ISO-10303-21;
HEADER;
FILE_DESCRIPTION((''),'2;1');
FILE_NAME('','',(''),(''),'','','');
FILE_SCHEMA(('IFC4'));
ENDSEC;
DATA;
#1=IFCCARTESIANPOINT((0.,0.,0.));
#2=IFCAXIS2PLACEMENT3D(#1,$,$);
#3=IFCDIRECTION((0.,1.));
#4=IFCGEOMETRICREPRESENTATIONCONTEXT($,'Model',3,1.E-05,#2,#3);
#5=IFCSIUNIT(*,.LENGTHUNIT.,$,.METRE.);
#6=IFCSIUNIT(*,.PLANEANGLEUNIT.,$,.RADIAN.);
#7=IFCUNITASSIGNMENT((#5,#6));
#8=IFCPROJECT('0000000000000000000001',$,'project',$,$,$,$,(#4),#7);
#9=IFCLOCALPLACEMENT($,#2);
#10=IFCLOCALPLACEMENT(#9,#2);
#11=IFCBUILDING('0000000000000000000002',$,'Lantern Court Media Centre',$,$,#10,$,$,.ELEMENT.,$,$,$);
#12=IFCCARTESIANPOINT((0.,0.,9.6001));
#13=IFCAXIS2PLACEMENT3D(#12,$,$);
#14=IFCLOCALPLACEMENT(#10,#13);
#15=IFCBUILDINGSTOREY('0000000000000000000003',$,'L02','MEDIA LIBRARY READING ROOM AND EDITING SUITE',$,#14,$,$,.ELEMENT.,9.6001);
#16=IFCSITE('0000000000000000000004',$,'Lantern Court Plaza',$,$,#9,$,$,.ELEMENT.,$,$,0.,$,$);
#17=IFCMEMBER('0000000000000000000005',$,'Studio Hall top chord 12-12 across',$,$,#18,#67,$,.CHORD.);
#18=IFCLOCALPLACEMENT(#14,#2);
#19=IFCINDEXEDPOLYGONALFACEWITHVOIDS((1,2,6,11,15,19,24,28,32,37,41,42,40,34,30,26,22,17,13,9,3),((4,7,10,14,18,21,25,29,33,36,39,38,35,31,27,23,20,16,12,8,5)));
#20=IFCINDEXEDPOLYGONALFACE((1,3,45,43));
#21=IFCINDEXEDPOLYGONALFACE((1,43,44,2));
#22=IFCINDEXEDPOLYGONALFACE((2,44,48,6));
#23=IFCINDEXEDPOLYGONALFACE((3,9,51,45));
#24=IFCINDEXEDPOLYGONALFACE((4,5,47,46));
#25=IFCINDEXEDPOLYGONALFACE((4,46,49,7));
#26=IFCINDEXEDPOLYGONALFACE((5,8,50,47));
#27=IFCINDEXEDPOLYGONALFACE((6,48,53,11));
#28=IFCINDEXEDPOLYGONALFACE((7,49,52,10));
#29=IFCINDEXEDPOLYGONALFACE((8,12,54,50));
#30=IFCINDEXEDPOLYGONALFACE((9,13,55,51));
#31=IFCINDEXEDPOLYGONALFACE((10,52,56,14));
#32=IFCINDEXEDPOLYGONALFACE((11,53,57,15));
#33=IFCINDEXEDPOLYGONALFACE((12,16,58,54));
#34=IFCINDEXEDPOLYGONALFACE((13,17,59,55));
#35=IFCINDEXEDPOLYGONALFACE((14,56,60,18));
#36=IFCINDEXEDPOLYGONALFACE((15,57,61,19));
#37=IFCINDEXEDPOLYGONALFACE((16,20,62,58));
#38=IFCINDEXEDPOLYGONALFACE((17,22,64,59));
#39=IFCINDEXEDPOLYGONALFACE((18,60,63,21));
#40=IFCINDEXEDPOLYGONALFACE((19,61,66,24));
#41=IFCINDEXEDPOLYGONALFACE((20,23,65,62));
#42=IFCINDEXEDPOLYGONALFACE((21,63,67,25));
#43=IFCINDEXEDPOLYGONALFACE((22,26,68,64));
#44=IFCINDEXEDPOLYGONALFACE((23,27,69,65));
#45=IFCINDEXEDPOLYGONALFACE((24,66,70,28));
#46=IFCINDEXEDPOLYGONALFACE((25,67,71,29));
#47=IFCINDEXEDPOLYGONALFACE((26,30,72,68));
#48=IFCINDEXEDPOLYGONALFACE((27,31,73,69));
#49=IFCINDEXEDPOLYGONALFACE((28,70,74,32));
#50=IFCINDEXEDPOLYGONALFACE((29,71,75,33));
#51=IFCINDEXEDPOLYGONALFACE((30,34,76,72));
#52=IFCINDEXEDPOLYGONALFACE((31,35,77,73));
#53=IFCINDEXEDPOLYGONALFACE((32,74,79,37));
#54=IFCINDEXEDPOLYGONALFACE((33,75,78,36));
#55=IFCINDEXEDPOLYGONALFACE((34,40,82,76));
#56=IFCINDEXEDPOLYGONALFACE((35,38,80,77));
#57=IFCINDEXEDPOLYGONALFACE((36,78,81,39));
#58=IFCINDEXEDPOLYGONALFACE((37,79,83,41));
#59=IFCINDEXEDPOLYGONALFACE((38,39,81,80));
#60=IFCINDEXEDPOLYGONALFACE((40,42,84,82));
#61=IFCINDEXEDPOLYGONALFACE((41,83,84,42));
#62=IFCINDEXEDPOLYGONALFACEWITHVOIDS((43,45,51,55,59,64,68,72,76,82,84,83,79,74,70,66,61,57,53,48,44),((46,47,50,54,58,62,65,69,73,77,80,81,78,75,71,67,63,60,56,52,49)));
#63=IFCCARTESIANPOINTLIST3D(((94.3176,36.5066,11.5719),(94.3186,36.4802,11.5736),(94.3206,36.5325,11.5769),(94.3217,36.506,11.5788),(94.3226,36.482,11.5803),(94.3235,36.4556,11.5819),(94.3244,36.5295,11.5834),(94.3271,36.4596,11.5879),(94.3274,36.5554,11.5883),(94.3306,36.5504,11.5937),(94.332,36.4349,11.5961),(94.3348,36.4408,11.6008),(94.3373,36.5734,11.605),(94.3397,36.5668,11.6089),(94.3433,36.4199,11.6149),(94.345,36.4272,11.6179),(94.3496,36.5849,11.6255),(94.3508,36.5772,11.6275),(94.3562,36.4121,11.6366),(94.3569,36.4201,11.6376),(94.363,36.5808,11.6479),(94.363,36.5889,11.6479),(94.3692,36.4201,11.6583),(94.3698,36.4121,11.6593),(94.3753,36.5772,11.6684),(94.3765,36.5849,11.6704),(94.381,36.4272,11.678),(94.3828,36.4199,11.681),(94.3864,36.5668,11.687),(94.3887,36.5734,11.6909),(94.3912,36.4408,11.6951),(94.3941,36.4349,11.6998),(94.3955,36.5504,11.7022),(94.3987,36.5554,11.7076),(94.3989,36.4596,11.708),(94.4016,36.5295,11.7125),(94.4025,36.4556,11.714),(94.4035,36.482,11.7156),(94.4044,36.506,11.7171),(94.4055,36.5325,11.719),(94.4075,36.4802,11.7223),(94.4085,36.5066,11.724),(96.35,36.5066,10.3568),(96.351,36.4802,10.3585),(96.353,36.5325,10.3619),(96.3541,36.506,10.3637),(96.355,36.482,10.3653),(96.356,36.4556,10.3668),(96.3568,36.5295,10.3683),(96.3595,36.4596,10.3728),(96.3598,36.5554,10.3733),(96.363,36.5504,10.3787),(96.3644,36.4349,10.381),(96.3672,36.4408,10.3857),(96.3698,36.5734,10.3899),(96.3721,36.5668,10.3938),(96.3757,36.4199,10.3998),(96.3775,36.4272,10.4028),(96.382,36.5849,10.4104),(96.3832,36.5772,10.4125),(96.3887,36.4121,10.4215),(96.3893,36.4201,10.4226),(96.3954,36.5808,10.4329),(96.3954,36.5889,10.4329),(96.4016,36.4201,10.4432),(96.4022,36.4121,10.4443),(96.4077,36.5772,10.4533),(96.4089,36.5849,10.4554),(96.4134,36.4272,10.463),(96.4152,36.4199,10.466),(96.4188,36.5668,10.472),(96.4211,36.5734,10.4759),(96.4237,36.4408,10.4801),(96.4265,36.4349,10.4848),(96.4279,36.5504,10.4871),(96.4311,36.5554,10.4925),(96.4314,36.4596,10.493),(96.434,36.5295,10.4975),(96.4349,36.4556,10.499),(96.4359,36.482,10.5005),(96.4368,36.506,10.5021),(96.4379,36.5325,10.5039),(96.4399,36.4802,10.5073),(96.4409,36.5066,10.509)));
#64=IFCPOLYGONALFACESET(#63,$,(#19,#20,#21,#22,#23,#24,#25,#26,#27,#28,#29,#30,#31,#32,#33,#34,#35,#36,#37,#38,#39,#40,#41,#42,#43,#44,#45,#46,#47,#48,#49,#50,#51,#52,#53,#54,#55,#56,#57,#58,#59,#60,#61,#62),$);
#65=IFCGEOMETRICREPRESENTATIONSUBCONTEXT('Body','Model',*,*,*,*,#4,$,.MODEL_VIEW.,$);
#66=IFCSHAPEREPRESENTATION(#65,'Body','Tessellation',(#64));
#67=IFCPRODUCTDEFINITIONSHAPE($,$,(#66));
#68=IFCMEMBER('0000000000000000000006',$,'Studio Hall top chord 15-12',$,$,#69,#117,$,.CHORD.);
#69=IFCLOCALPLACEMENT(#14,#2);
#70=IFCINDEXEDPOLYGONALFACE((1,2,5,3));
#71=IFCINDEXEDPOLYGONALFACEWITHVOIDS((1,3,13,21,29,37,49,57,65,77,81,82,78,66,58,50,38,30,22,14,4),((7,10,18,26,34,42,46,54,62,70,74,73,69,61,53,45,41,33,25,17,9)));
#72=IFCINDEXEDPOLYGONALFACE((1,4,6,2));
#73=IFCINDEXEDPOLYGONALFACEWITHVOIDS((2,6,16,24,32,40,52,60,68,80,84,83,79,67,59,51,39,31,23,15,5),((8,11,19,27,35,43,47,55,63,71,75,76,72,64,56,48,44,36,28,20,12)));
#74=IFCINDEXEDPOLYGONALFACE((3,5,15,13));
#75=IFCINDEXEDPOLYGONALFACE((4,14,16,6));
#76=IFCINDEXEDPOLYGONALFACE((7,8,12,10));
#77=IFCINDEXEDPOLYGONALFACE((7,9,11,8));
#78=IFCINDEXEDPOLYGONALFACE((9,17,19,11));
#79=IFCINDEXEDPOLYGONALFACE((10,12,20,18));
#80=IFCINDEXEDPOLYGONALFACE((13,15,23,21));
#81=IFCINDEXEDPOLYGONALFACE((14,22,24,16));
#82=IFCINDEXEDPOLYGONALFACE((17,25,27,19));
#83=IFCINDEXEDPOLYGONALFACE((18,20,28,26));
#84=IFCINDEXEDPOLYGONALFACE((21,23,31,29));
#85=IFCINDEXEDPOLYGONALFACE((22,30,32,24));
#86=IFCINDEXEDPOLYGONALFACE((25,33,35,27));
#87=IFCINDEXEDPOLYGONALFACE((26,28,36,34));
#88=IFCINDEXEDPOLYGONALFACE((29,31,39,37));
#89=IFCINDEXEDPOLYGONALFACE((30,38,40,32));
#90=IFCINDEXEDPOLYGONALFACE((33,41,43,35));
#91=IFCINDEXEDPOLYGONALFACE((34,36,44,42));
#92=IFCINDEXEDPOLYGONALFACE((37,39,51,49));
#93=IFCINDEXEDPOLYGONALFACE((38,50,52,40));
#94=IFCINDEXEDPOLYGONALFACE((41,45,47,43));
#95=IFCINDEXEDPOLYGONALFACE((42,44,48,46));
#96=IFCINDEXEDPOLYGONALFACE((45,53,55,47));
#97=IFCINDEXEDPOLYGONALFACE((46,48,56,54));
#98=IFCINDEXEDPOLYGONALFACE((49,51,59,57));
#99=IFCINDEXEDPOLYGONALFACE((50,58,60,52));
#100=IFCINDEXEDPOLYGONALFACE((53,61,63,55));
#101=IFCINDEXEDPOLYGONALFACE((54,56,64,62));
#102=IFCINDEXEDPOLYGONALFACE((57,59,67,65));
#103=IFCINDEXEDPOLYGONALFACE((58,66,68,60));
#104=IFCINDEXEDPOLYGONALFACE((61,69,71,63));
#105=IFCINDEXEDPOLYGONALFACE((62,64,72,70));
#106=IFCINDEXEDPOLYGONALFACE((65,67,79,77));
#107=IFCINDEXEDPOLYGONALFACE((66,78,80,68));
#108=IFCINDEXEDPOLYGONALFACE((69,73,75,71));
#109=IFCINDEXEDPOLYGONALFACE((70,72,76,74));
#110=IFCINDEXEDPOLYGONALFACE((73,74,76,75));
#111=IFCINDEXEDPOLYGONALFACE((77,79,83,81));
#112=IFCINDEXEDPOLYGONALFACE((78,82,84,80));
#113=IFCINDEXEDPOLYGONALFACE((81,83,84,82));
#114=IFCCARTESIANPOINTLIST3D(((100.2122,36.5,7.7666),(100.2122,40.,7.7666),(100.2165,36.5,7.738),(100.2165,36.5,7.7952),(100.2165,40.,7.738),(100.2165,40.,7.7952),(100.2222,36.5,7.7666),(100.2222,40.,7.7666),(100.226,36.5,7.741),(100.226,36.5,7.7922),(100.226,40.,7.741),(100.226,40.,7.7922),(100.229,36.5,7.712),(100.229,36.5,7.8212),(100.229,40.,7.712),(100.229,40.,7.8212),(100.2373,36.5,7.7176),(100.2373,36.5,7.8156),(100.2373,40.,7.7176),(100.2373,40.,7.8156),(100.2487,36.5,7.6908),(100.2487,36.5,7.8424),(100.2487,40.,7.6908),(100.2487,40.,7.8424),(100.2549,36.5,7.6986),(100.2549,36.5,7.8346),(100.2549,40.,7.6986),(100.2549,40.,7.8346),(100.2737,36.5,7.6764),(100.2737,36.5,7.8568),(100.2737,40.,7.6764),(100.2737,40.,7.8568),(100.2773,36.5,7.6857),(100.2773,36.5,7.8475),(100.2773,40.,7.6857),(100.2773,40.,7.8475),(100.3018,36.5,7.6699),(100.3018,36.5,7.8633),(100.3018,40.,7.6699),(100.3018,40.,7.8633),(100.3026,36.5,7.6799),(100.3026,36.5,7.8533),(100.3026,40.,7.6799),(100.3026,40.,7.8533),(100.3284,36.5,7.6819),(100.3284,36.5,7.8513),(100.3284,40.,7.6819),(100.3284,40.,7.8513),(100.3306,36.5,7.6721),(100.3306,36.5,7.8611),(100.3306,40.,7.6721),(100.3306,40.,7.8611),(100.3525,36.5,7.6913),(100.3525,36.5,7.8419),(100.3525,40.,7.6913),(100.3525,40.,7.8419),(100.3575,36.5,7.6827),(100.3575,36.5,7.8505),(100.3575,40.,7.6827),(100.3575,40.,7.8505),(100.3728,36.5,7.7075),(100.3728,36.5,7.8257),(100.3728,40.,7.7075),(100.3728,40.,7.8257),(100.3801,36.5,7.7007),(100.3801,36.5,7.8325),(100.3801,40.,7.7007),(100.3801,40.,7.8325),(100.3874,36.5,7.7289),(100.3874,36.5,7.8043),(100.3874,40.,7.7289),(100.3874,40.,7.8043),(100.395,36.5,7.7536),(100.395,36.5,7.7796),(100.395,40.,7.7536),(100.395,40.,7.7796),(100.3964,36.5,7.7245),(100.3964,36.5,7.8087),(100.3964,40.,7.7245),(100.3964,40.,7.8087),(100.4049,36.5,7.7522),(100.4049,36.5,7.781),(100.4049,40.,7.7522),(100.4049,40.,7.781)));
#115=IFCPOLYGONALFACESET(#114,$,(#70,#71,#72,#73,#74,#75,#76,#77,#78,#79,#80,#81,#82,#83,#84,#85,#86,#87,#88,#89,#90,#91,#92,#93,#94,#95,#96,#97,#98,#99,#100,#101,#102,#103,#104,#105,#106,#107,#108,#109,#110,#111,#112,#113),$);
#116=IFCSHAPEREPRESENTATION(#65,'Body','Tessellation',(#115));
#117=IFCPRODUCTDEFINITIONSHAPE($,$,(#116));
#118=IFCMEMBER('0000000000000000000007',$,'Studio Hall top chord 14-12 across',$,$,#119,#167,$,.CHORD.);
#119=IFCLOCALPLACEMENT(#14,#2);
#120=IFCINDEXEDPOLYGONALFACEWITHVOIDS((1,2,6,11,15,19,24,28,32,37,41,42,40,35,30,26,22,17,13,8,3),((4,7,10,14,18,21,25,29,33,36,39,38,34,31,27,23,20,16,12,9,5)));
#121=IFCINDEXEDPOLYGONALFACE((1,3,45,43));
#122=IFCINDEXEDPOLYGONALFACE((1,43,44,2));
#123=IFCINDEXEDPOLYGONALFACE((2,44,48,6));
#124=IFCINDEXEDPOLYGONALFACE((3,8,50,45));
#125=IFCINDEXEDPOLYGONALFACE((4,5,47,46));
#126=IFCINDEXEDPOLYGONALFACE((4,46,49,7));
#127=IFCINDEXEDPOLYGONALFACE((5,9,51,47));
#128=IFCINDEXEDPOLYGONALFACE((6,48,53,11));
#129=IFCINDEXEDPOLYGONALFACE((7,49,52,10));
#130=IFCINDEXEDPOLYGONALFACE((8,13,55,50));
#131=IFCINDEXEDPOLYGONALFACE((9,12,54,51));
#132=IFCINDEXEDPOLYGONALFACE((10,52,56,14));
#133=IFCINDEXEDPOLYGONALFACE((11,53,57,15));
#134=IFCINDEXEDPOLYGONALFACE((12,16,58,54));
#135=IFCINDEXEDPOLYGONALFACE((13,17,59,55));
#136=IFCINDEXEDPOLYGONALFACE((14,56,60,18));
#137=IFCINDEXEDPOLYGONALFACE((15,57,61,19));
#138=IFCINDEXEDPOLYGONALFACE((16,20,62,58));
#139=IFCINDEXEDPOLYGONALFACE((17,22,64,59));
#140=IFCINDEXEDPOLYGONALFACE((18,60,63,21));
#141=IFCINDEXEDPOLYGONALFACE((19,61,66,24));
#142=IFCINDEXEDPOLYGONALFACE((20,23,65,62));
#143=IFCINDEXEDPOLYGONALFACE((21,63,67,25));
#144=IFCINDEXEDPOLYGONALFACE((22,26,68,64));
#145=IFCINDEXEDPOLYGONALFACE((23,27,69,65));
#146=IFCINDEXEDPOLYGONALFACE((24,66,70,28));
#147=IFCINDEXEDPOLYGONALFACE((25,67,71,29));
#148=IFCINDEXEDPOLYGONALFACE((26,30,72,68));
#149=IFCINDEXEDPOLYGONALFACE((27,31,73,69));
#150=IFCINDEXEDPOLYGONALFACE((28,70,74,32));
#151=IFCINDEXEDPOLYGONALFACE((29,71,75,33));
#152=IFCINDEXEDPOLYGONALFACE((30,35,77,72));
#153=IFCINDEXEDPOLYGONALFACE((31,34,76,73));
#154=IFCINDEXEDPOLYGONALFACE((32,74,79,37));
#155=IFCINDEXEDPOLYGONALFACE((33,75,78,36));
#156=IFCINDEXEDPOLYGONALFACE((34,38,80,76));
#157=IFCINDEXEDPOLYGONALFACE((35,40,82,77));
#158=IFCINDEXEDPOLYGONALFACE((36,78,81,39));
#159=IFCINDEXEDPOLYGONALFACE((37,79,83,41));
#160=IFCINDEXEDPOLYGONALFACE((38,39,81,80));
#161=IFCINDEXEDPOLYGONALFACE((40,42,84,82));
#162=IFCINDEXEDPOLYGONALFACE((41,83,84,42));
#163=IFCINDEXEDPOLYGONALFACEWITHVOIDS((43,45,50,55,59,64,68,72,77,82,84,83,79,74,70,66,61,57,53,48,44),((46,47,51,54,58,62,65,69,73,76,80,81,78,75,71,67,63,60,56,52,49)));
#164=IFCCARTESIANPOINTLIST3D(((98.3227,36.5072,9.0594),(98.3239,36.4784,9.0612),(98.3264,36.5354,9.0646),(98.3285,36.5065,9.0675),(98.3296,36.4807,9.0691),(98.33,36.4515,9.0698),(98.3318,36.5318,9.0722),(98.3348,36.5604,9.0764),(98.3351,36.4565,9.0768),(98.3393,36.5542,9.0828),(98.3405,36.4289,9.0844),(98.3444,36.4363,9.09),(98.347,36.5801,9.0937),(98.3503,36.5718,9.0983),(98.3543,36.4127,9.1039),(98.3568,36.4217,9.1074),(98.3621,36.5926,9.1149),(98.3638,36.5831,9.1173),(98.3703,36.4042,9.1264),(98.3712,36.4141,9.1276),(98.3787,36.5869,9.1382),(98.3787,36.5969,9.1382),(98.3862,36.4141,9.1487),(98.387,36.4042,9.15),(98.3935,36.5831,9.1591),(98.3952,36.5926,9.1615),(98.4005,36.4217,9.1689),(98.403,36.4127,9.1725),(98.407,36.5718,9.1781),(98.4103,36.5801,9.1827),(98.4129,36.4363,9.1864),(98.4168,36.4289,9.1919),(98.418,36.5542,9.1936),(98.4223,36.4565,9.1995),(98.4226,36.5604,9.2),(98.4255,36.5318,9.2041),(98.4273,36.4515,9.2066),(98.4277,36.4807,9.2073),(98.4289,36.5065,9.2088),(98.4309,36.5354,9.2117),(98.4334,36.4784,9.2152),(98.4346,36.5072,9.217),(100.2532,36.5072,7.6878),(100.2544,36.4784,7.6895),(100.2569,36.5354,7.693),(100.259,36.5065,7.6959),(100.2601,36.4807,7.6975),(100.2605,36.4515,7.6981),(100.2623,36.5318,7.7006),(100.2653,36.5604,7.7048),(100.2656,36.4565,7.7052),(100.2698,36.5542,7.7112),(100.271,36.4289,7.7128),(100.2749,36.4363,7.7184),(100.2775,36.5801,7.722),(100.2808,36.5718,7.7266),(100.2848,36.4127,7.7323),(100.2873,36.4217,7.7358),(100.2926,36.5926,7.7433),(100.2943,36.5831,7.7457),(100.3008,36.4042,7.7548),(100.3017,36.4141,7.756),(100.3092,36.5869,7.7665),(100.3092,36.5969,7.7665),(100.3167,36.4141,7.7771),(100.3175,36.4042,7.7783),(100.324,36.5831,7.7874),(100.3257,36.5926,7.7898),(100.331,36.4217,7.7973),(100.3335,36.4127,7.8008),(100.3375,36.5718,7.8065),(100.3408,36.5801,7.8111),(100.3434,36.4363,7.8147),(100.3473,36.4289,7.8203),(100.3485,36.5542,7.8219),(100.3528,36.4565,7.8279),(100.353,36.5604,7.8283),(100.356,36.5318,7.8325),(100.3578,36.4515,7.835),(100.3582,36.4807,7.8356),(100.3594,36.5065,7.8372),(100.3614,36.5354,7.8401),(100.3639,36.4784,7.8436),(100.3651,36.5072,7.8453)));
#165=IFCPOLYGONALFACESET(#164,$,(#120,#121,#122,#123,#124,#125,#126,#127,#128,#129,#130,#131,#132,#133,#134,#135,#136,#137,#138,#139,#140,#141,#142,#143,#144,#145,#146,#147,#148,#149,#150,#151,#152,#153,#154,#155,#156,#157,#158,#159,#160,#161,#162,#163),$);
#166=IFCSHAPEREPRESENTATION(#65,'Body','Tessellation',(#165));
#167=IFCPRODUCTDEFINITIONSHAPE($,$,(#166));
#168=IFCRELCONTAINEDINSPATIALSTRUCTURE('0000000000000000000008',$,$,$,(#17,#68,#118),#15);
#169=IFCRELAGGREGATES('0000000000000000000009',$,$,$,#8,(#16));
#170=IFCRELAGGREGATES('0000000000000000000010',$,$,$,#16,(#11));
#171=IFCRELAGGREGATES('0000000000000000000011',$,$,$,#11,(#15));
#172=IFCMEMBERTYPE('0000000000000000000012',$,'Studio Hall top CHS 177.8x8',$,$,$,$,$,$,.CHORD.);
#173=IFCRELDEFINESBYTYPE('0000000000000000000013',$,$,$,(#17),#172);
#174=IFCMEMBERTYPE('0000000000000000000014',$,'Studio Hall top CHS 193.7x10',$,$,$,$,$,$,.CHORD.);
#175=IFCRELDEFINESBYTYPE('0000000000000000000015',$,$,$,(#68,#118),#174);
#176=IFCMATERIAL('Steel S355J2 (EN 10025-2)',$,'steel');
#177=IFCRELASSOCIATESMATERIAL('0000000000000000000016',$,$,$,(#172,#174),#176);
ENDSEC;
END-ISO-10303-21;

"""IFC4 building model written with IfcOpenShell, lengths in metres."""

from ifc_helpers import new_model, si_unit, direction, frame, origin, origin_2d, place, context, subcontext, project, spatial, hollow_circle, extrude, material, material_profile, profile_set, type_object, element, save


model = new_model("IFC4")

# Units and contexts
model_context = context("Model", 3, precision=1e-05, world=origin(), true_north=direction((0.0, 1.0)))
body_context = subcontext(model_context, "Body", "Model", "MODEL_VIEW")
ifc_project = project(units=[si_unit("LENGTHUNIT", "METRE"), si_unit("PLANEANGLEUNIT", "RADIAN")], contexts=[model_context])

# Site, building, storey
site_placement = place(None, origin())
site = spatial("IfcSite", under=ifc_project, at=site_placement, Name="Lantern Court Plaza", CompositionType="ELEMENT", RefElevation=0.0)
building_placement = place(site_placement, origin())
building = spatial("IfcBuilding", under=site, at=building_placement, Name="Lantern Court Media Centre", CompositionType="ELEMENT")
storey_placement = place(building_placement, frame((0.0, 0.0, 9.6001)))
storey = spatial("IfcBuildingStorey", under=building, at=storey_placement, Name="L02", Description="MEDIA LIBRARY READING ROOM AND EDITING SUITE", CompositionType="ELEMENT", Elevation=9.6001)

# Members
ifc_material = material(Name="Steel S355J2 (EN 10025-2)", Category="steel")
ifc_material_profile_1 = material_profile(ifc_material, hollow_circle(Radius=0.0889, WallThickness=0.0081, at=origin_2d()), Name="Studio Hall top CHS 177.8x8")
ifc_profile_set_1 = profile_set([ifc_material_profile_1], Name="Steel S355J2 (EN 10025-2)")
member_type_1 = type_object("IfcMemberType", Name="Studio Hall top CHS 177.8x8", PredefinedType="CHORD", material=ifc_profile_set_1)
member_1_placement = place(storey_placement, frame((94.363, 36.5, 11.6479), z_axis=(0.858311, 0.0, -0.513131), x_axis=(0.0, 1.0, 0.0)))
element("IfcMember", 1, at=member_1_placement, inside=storey, type_object=member_type_1, Name="Studio Hall top chord 12-12 across", PredefinedType="CHORD", context=body_context, shape_type="SweptSolid", body=[
    extrude(hollow_circle(Radius=0.0889, WallThickness=0.0081, at=origin_2d()), origin(), (0.0, 0.0, 1.0), 2.3679),
])
ifc_material_profile_2 = material_profile(ifc_material, hollow_circle(Radius=0.0969, WallThickness=0.01, at=origin_2d()), Name="Studio Hall top CHS 193.7x10")
ifc_profile_set_2 = profile_set([ifc_material_profile_2], Name="Steel S355J2 (EN 10025-2)")
member_type_2 = type_object("IfcMemberType", Name="Studio Hall top CHS 193.7x10", PredefinedType="CHORD", material=ifc_profile_set_2)
member_2_placement = place(storey_placement, frame((100.3091, 36.5, 7.7666), z_axis=(0.0, 1.0, 0.0), x_axis=(-1.0, 0.0, 0.0)))
element("IfcMember", 2, at=member_2_placement, inside=storey, type_object=member_type_2, Name="Studio Hall top chord 15-12", PredefinedType="CHORD", context=body_context, shape_type="SweptSolid", body=[
    extrude(hollow_circle(Radius=0.0969, WallThickness=0.01, at=origin_2d()), origin(), (0.0, 0.0, 1.0), 3.5),
])
member_3_placement = place(storey_placement, frame((98.3787, 36.5, 9.1382), z_axis=(0.815187, 0.0, -0.579198), x_axis=(0.0, 1.0, 0.0)))
element("IfcMember", 3, at=member_3_placement, inside=storey, type_object=member_type_2, Name="Studio Hall top chord 14-12 across", PredefinedType="CHORD", context=body_context, shape_type="SweptSolid", body=[
    extrude(hollow_circle(Radius=0.0969, WallThickness=0.01, at=origin_2d()), origin(), (0.0, 0.0, 1.0), 2.3682),
])

save(model, "model.ifc")
